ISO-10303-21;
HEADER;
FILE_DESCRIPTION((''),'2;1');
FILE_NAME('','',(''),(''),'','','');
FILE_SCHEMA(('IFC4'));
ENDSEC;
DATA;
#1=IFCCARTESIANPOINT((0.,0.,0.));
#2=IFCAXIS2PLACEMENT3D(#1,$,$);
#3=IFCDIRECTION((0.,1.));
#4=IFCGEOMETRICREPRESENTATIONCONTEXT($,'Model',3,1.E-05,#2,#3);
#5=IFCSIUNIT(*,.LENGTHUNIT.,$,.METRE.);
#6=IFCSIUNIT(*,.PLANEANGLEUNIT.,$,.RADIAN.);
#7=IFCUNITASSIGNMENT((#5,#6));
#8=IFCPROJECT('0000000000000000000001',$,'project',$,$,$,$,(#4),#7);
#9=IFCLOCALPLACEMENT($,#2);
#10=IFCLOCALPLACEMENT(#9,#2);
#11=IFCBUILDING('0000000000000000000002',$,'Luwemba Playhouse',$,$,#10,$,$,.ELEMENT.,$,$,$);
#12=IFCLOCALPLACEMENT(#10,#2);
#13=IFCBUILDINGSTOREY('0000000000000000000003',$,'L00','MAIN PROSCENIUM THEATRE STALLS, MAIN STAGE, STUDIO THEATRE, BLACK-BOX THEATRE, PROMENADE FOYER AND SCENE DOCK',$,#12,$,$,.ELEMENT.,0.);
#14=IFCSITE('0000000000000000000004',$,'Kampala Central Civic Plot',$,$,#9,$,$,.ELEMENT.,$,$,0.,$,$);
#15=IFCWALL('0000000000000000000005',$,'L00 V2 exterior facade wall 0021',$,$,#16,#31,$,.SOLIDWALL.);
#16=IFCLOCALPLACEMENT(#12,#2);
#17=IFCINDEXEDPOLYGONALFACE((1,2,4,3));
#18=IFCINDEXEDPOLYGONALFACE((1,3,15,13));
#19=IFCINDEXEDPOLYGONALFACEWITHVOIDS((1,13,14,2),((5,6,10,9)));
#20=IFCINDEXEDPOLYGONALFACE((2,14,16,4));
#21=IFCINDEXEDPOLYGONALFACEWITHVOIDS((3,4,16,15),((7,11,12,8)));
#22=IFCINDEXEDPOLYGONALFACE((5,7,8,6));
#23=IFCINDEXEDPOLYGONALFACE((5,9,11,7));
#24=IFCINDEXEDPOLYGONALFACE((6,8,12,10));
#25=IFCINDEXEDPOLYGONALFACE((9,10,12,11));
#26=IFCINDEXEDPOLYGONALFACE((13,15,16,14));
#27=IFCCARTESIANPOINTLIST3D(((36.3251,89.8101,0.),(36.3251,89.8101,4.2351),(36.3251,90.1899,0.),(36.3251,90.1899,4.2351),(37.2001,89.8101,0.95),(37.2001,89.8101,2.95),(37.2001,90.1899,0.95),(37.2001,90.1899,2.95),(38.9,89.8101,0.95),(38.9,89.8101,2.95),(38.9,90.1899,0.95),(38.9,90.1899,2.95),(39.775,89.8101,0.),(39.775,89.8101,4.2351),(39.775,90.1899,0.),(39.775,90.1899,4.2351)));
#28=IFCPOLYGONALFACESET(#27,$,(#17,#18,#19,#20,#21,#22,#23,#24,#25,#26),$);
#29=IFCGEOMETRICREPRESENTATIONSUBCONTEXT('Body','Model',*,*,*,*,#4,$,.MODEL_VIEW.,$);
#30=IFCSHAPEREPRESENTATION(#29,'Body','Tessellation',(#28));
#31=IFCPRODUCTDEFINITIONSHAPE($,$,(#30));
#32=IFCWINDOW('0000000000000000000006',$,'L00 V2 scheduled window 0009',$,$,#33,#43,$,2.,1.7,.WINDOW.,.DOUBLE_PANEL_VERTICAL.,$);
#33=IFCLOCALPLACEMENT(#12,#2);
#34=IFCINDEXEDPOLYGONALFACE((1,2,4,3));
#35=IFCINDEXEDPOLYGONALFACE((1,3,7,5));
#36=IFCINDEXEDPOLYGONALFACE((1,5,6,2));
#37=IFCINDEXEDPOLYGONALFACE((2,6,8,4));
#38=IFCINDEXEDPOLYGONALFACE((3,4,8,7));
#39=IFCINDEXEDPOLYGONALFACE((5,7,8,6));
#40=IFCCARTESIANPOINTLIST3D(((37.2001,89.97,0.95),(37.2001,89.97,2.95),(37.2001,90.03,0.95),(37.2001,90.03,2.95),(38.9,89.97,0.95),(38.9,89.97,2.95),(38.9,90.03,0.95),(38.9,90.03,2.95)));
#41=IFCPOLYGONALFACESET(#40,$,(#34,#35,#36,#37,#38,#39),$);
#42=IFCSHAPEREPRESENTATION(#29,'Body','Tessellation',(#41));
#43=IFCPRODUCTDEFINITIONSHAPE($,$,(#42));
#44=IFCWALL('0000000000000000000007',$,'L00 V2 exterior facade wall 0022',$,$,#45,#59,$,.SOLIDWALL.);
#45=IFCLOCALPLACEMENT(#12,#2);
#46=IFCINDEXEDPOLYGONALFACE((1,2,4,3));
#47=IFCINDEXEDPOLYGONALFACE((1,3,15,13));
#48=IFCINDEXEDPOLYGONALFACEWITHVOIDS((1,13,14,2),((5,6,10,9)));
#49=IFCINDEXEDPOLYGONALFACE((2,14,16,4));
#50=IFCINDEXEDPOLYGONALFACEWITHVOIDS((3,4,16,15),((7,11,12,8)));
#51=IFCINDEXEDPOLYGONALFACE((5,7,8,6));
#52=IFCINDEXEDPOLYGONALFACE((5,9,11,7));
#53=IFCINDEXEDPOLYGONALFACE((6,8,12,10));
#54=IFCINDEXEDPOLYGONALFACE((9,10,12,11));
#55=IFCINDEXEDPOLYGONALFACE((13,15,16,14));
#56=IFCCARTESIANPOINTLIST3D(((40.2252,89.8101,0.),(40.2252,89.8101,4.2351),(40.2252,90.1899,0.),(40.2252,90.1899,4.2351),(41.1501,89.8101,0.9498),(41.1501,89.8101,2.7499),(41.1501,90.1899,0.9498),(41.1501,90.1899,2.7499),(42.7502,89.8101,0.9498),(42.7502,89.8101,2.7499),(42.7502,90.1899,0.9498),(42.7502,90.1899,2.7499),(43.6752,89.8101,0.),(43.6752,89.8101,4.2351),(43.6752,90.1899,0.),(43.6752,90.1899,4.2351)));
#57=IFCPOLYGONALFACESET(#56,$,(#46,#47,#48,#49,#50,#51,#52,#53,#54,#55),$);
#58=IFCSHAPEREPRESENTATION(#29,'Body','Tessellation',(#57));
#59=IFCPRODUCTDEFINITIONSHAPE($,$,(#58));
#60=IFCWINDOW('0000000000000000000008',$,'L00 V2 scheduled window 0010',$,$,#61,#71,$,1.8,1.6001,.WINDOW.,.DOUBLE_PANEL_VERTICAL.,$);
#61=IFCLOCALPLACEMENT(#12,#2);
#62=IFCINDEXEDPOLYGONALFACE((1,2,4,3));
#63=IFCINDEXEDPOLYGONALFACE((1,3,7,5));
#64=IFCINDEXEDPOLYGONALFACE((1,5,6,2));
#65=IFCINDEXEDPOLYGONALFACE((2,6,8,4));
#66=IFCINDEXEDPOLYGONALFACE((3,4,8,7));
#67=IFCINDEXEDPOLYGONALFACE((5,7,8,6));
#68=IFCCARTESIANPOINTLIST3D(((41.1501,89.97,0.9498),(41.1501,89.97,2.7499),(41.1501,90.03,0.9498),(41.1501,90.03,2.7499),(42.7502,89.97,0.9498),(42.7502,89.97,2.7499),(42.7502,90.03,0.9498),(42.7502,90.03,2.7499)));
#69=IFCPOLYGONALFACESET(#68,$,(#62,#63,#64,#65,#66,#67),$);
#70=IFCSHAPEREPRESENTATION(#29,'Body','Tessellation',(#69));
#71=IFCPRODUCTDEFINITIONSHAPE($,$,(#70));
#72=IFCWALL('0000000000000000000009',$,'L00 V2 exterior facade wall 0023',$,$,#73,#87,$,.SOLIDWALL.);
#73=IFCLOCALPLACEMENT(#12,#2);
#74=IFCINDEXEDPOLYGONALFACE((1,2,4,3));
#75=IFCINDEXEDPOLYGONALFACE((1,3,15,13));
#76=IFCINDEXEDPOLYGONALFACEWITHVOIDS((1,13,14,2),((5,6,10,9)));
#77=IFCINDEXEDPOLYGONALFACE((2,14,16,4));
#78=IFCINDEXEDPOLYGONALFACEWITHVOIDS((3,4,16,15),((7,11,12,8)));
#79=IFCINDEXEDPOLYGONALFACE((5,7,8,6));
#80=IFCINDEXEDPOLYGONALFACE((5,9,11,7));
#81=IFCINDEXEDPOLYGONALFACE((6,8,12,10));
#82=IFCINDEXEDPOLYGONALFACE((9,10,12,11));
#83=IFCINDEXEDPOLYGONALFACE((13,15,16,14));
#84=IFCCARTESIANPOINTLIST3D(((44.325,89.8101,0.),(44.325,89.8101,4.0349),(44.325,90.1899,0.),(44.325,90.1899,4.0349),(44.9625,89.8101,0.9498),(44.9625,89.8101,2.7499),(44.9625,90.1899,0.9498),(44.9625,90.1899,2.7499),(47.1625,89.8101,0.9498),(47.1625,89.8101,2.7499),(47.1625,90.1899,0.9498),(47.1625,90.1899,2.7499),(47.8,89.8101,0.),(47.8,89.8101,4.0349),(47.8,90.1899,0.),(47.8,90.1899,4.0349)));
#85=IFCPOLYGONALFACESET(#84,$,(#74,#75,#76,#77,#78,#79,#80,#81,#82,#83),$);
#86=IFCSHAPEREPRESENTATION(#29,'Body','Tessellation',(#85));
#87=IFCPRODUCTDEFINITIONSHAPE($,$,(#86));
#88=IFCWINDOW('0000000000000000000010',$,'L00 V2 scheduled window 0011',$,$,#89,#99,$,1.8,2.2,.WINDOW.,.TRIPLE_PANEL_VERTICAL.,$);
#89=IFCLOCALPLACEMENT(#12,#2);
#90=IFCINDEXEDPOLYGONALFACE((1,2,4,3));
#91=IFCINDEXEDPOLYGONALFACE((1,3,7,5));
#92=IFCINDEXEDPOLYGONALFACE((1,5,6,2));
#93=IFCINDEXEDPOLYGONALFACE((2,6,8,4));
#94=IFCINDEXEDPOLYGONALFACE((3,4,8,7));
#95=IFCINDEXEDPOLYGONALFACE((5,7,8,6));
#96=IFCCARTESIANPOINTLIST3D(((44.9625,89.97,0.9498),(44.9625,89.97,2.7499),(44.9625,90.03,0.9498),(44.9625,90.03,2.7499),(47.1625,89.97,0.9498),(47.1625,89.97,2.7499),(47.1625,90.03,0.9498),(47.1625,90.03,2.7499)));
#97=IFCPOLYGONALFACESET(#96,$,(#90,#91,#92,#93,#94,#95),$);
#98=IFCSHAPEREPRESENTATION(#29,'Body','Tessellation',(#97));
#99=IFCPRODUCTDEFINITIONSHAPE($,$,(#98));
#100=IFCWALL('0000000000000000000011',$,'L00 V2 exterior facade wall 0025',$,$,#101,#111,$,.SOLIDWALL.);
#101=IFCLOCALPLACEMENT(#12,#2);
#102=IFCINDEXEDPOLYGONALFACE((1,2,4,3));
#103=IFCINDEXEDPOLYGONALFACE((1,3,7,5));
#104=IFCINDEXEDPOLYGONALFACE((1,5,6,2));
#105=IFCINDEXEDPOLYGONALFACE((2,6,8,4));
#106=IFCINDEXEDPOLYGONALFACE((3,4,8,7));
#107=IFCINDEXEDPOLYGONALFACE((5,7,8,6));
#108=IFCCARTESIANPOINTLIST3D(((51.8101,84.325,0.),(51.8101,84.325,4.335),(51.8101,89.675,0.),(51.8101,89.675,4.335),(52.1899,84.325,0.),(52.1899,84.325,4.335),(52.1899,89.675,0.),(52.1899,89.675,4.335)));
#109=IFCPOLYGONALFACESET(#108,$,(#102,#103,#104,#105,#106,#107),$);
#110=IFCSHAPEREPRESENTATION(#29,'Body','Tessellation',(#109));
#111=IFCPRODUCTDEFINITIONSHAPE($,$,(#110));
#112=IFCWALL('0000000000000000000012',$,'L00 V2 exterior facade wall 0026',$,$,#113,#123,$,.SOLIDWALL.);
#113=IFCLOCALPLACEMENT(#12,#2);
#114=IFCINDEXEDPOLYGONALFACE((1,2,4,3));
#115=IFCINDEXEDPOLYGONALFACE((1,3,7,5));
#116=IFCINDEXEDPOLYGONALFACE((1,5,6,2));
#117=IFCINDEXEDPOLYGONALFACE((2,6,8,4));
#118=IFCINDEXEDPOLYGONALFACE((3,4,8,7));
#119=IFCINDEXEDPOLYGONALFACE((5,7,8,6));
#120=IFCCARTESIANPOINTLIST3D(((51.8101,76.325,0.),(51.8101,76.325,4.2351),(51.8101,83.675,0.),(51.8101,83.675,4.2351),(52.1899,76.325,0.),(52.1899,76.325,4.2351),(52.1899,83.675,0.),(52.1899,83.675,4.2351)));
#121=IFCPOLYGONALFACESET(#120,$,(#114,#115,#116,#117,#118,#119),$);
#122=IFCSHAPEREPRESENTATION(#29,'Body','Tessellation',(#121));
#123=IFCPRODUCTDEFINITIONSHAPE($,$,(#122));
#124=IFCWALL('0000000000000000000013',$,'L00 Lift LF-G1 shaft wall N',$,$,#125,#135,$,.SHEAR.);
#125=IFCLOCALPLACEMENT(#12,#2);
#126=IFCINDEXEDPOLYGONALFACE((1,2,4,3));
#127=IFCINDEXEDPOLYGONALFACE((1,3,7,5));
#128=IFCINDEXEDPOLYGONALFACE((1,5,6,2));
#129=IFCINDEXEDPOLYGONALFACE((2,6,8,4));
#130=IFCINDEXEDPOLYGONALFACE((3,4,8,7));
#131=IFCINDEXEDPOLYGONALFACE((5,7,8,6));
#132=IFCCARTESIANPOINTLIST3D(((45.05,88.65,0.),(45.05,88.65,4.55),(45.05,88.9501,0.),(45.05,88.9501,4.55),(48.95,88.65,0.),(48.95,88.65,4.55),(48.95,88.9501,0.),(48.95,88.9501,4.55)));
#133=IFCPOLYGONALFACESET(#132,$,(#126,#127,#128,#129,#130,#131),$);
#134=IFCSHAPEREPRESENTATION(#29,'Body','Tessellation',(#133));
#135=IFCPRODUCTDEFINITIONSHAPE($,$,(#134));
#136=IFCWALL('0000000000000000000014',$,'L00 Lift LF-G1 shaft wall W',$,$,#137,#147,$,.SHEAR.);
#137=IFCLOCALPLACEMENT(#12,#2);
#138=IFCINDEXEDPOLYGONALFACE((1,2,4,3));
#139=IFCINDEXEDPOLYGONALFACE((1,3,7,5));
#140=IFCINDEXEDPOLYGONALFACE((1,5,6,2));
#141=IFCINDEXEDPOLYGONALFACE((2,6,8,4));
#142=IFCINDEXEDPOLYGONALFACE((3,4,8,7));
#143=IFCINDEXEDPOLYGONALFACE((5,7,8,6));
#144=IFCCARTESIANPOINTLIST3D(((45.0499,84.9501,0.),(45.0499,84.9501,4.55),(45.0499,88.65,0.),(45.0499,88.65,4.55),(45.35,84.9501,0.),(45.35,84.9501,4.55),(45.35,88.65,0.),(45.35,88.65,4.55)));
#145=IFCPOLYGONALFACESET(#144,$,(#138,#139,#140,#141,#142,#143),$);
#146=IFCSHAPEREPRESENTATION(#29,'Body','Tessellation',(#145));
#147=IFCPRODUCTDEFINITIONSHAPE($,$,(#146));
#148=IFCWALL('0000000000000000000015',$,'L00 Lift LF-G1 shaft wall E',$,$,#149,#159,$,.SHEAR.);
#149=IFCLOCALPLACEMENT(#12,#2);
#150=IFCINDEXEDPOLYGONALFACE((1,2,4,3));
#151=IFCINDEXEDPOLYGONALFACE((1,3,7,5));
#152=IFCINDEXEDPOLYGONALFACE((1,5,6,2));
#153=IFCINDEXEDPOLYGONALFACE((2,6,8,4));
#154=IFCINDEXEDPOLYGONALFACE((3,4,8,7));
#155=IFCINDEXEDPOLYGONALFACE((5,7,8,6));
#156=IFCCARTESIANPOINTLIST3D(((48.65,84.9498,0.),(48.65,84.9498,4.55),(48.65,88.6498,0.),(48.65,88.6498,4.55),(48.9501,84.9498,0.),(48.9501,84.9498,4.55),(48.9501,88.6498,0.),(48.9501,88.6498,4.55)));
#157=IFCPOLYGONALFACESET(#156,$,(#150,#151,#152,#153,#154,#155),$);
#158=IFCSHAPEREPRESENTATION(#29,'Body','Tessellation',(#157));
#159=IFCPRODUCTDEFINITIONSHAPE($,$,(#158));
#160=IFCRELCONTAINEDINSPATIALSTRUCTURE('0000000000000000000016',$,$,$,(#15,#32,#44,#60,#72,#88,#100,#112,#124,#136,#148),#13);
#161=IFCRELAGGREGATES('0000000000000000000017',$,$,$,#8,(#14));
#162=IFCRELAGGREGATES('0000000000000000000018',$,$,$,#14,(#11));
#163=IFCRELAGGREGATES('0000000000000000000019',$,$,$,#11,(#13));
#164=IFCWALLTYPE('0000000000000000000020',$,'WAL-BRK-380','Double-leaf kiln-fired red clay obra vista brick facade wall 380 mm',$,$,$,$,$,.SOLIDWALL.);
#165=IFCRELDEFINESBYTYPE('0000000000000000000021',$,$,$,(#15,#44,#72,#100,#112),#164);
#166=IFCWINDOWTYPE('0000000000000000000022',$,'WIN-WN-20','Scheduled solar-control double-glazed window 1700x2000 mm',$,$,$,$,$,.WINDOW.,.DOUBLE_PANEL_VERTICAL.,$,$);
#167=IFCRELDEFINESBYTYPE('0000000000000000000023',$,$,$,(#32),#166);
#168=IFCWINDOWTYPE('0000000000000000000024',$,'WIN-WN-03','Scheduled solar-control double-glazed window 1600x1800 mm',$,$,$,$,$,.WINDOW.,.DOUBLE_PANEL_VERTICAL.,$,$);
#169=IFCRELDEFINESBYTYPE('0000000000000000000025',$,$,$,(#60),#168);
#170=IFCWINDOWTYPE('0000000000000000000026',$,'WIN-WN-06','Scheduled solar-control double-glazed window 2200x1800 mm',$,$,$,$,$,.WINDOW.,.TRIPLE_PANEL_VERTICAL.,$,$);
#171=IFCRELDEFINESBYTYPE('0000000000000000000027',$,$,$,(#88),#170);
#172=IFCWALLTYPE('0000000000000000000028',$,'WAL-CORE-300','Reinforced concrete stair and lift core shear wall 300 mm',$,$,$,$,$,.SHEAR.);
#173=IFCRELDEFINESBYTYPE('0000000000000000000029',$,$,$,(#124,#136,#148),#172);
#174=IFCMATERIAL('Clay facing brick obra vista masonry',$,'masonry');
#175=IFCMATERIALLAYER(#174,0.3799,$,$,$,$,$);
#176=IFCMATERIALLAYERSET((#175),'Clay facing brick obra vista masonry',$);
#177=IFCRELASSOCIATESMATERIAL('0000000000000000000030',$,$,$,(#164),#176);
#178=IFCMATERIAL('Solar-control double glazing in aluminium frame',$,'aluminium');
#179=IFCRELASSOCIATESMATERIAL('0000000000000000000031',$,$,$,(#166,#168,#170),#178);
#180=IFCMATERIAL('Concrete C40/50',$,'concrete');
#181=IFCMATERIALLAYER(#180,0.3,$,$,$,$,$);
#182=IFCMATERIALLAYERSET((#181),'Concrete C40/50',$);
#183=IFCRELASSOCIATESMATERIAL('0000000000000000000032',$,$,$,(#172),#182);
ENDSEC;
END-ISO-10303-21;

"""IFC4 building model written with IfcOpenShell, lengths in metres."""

from ifc_helpers import new_model, si_unit, direction, frame, frame_2d, origin, place, context, subcontext, project, spatial, rectangle, extrude, material, layer, layer_set, type_object, element, fill, save


model = new_model("IFC4")

# Units and contexts
model_context = context("Model", 3, precision=1e-05, world=origin(), true_north=direction((0.0, 1.0)))
body_context = subcontext(model_context, "Body", "Model", "MODEL_VIEW")
ifc_project = project(units=[si_unit("LENGTHUNIT", "METRE"), si_unit("PLANEANGLEUNIT", "RADIAN")], contexts=[model_context])

# Site, building, storey
site_placement = place(None, origin())
site = spatial("IfcSite", under=ifc_project, at=site_placement, Name="Kampala Central Civic Plot", CompositionType="ELEMENT", RefElevation=0.0)
building_placement = place(site_placement, origin())
building = spatial("IfcBuilding", under=site, at=building_placement, Name="Luwemba Playhouse", CompositionType="ELEMENT")
storey_placement = place(building_placement, origin())
storey = spatial("IfcBuildingStorey", under=building, at=storey_placement, Name="L00", Description="MAIN PROSCENIUM THEATRE STALLS, MAIN STAGE, STUDIO THEATRE, BLACK-BOX THEATRE, PROMENADE FOYER AND SCENE DOCK", CompositionType="ELEMENT", Elevation=0.0)

# Shared definitions
ifc_material_1 = material(Name="Concrete C40/50", Category="concrete")

# Walls, openings, windows
ifc_material_2 = material(Name="Clay facing brick obra vista masonry", Category="masonry")
ifc_layer_1 = layer(ifc_material_2, 0.3799)
ifc_layer_set_1 = layer_set([ifc_layer_1], Name="Clay facing brick obra vista masonry")
wall_type_1 = type_object("IfcWallType", Name="WAL-BRK-380", Description="Double-leaf kiln-fired red clay obra vista brick facade wall 380 mm", PredefinedType="SOLIDWALL", material=ifc_layer_set_1)
ifc_material_3 = material(Name="Solar-control double glazing in aluminium frame", Category="aluminium")
wall_1_placement = place(storey_placement, frame((36.325, 90.0, 0.0), z_axis=(0.0, 0.0, 1.0), x_axis=(1.0, 0.0, 0.0)))
wall_1 = element("IfcWall", 1, at=wall_1_placement, inside=storey, type_object=wall_type_1, Name="L00 V2 exterior facade wall 0021", PredefinedType="SOLIDWALL", context=body_context, shape_type="SweptSolid", body=[
    extrude(rectangle(XDim=3.45, YDim=0.3799, at=frame_2d((1.7251, 0.0))), origin(), (0.0, 0.0, 1.0), 4.2351),
])
opening_1_placement = place(wall_1_placement, frame((0.875, 0.0, 0.95)))
opening_1 = element("IfcOpeningElement", 2, at=opening_1_placement, cuts=wall_1, PredefinedType="OPENING", context=body_context, shape_type="SweptSolid", body=[
    extrude(rectangle(XDim=1.7, YDim=2.0, at=frame_2d((0.8501, 1.0))), frame((0.0, 0.2, 0.0), z_axis=(0.0, -1.0, 0.0), x_axis=(1.0, 0.0, 0.0)), (0.0, 0.0, 1.0), 0.3999),
])
window_type_1 = type_object("IfcWindowType", Name="WIN-WN-20", Description="Scheduled solar-control double-glazed window 1700x2000 mm", PartitioningType="DOUBLE_PANEL_VERTICAL", PredefinedType="WINDOW", material=ifc_material_3)
window_1_placement = place(opening_1_placement, origin())
window_1 = element("IfcWindow", 3, at=window_1_placement, inside=storey, type_object=window_type_1, Name="L00 V2 scheduled window 0009", OverallHeight=2.0, OverallWidth=1.7, PartitioningType="DOUBLE_PANEL_VERTICAL", PredefinedType="WINDOW", context=body_context, shape_type="SweptSolid", body=[
    extrude(rectangle(XDim=1.7, YDim=2.0, at=frame_2d((0.8501, 1.0))), frame((0.0, 0.03, 0.0), z_axis=(0.0, -1.0, 0.0), x_axis=(1.0, 0.0, 0.0)), (0.0, 0.0, 1.0), 0.0601),
])
fill(opening_1, window_1)
wall_2_placement = place(storey_placement, frame((40.2251, 90.0, 0.0), z_axis=(0.0, 0.0, 1.0), x_axis=(1.0, 0.0, 0.0)))
wall_2 = element("IfcWall", 4, at=wall_2_placement, inside=storey, type_object=wall_type_1, Name="L00 V2 exterior facade wall 0022", PredefinedType="SOLIDWALL", context=body_context, shape_type="SweptSolid", body=[
    extrude(rectangle(XDim=3.45, YDim=0.3799, at=frame_2d((1.7251, 0.0))), origin(), (0.0, 0.0, 1.0), 4.2351),
])
opening_2_placement = place(wall_2_placement, frame((0.925, 0.0, 0.95)))
opening_2 = element("IfcOpeningElement", 5, at=opening_2_placement, cuts=wall_2, PredefinedType="OPENING", context=body_context, shape_type="SweptSolid", body=[
    extrude(rectangle(XDim=1.6001, YDim=1.8, at=frame_2d((0.8, 0.8999))), frame((0.0, 0.2, 0.0), z_axis=(0.0, -1.0, 0.0), x_axis=(1.0, 0.0, 0.0)), (0.0, 0.0, 1.0), 0.3999),
])
window_type_2 = type_object("IfcWindowType", Name="WIN-WN-03", Description="Scheduled solar-control double-glazed window 1600x1800 mm", PartitioningType="DOUBLE_PANEL_VERTICAL", PredefinedType="WINDOW", material=ifc_material_3)
window_2_placement = place(opening_2_placement, origin())
window_2 = element("IfcWindow", 6, at=window_2_placement, inside=storey, type_object=window_type_2, Name="L00 V2 scheduled window 0010", OverallHeight=1.8, OverallWidth=1.6001, PartitioningType="DOUBLE_PANEL_VERTICAL", PredefinedType="WINDOW", context=body_context, shape_type="SweptSolid", body=[
    extrude(rectangle(XDim=1.6001, YDim=1.8, at=frame_2d((0.8, 0.8999))), frame((0.0, 0.03, 0.0), z_axis=(0.0, -1.0, 0.0), x_axis=(1.0, 0.0, 0.0)), (0.0, 0.0, 1.0), 0.0601),
])
fill(opening_2, window_2)
wall_3_placement = place(storey_placement, frame((44.325, 90.0, 0.0), z_axis=(0.0, 0.0, 1.0), x_axis=(1.0, 0.0, 0.0)))
wall_3 = element("IfcWall", 7, at=wall_3_placement, inside=storey, type_object=wall_type_1, Name="L00 V2 exterior facade wall 0023", PredefinedType="SOLIDWALL", context=body_context, shape_type="SweptSolid", body=[
    extrude(rectangle(XDim=3.4751, YDim=0.3799, at=frame_2d((1.7375, 0.0))), origin(), (0.0, 0.0, 1.0), 4.0349),
])
opening_3_placement = place(wall_3_placement, frame((0.6375, 0.0, 0.95)))
opening_3 = element("IfcOpeningElement", 8, at=opening_3_placement, cuts=wall_3, PredefinedType="OPENING", context=body_context, shape_type="SweptSolid", body=[
    extrude(rectangle(XDim=2.2, YDim=1.8, at=frame_2d((1.1001, 0.8999))), frame((0.0, 0.2, 0.0), z_axis=(0.0, -1.0, 0.0), x_axis=(1.0, 0.0, 0.0)), (0.0, 0.0, 1.0), 0.3999),
])
window_type_3 = type_object("IfcWindowType", Name="WIN-WN-06", Description="Scheduled solar-control double-glazed window 2200x1800 mm", PartitioningType="TRIPLE_PANEL_VERTICAL", PredefinedType="WINDOW", material=ifc_material_3)
window_3_placement = place(opening_3_placement, origin())
window_3 = element("IfcWindow", 9, at=window_3_placement, inside=storey, type_object=window_type_3, Name="L00 V2 scheduled window 0011", OverallHeight=1.8, OverallWidth=2.2, PartitioningType="TRIPLE_PANEL_VERTICAL", PredefinedType="WINDOW", context=body_context, shape_type="SweptSolid", body=[
    extrude(rectangle(XDim=2.2, YDim=1.8, at=frame_2d((1.1001, 0.8999))), frame((0.0, 0.03, 0.0), z_axis=(0.0, -1.0, 0.0), x_axis=(1.0, 0.0, 0.0)), (0.0, 0.0, 1.0), 0.0601),
])
fill(opening_3, window_3)

# Walls
wall_4_placement = place(storey_placement, frame((52.0, 89.675, 0.0), z_axis=(0.0, 0.0, 1.0), x_axis=(0.0, -1.0, 0.0)))
element("IfcWall", 10, at=wall_4_placement, inside=storey, type_object=wall_type_1, Name="L00 V2 exterior facade wall 0025", PredefinedType="SOLIDWALL", context=body_context, shape_type="SweptSolid", body=[
    extrude(rectangle(XDim=5.3501, YDim=0.3799, at=frame_2d((2.675, 0.0))), origin(), (0.0, 0.0, 1.0), 4.335),
])
wall_5_placement = place(storey_placement, frame((52.0, 83.675, 0.0), z_axis=(0.0, 0.0, 1.0), x_axis=(0.0, -1.0, 0.0)))
element("IfcWall", 11, at=wall_5_placement, inside=storey, type_object=wall_type_1, Name="L00 V2 exterior facade wall 0026", PredefinedType="SOLIDWALL", context=body_context, shape_type="SweptSolid", body=[
    extrude(rectangle(XDim=7.3501, YDim=0.3799, at=frame_2d((3.675, 0.0))), origin(), (0.0, 0.0, 1.0), 4.2351),
])

# Shared definitions
ifc_layer_2 = layer(ifc_material_1, 0.3)
ifc_layer_set_2 = layer_set([ifc_layer_2], Name="Concrete C40/50")
wall_type_2 = type_object("IfcWallType", Name="WAL-CORE-300", Description="Reinforced concrete stair and lift core shear wall 300 mm", PredefinedType="SHEAR", material=ifc_layer_set_2)

# Walls
wall_6_placement = place(storey_placement, frame((48.95, 88.8, 0.0), z_axis=(0.0, 0.0, 1.0), x_axis=(-1.0, 0.0, 0.0)))
element("IfcWall", 12, at=wall_6_placement, inside=storey, type_object=wall_type_2, Name="L00 Lift LF-G1 shaft wall N", PredefinedType="SHEAR", context=body_context, shape_type="SweptSolid", body=[
    extrude(rectangle(XDim=3.8999, YDim=0.3, at=frame_2d((1.95, 0.0))), origin(), (0.0, 0.0, 1.0), 4.55),
])
for number, where, z_axis, x_axis, name in (
    (13, (45.2, 84.95, 0.0), (0.0, 0.0, 1.0), (0.0, 1.0, 0.0), "L00 Lift LF-G1 shaft wall W"),
    (14, (48.8, 88.6499, 0.0), (0.0, 0.0, 1.0), (0.0, -1.0, 0.0), "L00 Lift LF-G1 shaft wall E"),
):
    element("IfcWall", number, at=place(storey_placement, frame(where, z_axis=z_axis, x_axis=x_axis)), inside=storey, type_object=wall_type_2, Name=name, PredefinedType="SHEAR", context=body_context, shape_type="SweptSolid", body=[
        extrude(rectangle(XDim=3.7, YDim=0.3, at=frame_2d((1.8501, 0.0))), origin(), (0.0, 0.0, 1.0), 4.55),
    ])

save(model, "model.ifc")
